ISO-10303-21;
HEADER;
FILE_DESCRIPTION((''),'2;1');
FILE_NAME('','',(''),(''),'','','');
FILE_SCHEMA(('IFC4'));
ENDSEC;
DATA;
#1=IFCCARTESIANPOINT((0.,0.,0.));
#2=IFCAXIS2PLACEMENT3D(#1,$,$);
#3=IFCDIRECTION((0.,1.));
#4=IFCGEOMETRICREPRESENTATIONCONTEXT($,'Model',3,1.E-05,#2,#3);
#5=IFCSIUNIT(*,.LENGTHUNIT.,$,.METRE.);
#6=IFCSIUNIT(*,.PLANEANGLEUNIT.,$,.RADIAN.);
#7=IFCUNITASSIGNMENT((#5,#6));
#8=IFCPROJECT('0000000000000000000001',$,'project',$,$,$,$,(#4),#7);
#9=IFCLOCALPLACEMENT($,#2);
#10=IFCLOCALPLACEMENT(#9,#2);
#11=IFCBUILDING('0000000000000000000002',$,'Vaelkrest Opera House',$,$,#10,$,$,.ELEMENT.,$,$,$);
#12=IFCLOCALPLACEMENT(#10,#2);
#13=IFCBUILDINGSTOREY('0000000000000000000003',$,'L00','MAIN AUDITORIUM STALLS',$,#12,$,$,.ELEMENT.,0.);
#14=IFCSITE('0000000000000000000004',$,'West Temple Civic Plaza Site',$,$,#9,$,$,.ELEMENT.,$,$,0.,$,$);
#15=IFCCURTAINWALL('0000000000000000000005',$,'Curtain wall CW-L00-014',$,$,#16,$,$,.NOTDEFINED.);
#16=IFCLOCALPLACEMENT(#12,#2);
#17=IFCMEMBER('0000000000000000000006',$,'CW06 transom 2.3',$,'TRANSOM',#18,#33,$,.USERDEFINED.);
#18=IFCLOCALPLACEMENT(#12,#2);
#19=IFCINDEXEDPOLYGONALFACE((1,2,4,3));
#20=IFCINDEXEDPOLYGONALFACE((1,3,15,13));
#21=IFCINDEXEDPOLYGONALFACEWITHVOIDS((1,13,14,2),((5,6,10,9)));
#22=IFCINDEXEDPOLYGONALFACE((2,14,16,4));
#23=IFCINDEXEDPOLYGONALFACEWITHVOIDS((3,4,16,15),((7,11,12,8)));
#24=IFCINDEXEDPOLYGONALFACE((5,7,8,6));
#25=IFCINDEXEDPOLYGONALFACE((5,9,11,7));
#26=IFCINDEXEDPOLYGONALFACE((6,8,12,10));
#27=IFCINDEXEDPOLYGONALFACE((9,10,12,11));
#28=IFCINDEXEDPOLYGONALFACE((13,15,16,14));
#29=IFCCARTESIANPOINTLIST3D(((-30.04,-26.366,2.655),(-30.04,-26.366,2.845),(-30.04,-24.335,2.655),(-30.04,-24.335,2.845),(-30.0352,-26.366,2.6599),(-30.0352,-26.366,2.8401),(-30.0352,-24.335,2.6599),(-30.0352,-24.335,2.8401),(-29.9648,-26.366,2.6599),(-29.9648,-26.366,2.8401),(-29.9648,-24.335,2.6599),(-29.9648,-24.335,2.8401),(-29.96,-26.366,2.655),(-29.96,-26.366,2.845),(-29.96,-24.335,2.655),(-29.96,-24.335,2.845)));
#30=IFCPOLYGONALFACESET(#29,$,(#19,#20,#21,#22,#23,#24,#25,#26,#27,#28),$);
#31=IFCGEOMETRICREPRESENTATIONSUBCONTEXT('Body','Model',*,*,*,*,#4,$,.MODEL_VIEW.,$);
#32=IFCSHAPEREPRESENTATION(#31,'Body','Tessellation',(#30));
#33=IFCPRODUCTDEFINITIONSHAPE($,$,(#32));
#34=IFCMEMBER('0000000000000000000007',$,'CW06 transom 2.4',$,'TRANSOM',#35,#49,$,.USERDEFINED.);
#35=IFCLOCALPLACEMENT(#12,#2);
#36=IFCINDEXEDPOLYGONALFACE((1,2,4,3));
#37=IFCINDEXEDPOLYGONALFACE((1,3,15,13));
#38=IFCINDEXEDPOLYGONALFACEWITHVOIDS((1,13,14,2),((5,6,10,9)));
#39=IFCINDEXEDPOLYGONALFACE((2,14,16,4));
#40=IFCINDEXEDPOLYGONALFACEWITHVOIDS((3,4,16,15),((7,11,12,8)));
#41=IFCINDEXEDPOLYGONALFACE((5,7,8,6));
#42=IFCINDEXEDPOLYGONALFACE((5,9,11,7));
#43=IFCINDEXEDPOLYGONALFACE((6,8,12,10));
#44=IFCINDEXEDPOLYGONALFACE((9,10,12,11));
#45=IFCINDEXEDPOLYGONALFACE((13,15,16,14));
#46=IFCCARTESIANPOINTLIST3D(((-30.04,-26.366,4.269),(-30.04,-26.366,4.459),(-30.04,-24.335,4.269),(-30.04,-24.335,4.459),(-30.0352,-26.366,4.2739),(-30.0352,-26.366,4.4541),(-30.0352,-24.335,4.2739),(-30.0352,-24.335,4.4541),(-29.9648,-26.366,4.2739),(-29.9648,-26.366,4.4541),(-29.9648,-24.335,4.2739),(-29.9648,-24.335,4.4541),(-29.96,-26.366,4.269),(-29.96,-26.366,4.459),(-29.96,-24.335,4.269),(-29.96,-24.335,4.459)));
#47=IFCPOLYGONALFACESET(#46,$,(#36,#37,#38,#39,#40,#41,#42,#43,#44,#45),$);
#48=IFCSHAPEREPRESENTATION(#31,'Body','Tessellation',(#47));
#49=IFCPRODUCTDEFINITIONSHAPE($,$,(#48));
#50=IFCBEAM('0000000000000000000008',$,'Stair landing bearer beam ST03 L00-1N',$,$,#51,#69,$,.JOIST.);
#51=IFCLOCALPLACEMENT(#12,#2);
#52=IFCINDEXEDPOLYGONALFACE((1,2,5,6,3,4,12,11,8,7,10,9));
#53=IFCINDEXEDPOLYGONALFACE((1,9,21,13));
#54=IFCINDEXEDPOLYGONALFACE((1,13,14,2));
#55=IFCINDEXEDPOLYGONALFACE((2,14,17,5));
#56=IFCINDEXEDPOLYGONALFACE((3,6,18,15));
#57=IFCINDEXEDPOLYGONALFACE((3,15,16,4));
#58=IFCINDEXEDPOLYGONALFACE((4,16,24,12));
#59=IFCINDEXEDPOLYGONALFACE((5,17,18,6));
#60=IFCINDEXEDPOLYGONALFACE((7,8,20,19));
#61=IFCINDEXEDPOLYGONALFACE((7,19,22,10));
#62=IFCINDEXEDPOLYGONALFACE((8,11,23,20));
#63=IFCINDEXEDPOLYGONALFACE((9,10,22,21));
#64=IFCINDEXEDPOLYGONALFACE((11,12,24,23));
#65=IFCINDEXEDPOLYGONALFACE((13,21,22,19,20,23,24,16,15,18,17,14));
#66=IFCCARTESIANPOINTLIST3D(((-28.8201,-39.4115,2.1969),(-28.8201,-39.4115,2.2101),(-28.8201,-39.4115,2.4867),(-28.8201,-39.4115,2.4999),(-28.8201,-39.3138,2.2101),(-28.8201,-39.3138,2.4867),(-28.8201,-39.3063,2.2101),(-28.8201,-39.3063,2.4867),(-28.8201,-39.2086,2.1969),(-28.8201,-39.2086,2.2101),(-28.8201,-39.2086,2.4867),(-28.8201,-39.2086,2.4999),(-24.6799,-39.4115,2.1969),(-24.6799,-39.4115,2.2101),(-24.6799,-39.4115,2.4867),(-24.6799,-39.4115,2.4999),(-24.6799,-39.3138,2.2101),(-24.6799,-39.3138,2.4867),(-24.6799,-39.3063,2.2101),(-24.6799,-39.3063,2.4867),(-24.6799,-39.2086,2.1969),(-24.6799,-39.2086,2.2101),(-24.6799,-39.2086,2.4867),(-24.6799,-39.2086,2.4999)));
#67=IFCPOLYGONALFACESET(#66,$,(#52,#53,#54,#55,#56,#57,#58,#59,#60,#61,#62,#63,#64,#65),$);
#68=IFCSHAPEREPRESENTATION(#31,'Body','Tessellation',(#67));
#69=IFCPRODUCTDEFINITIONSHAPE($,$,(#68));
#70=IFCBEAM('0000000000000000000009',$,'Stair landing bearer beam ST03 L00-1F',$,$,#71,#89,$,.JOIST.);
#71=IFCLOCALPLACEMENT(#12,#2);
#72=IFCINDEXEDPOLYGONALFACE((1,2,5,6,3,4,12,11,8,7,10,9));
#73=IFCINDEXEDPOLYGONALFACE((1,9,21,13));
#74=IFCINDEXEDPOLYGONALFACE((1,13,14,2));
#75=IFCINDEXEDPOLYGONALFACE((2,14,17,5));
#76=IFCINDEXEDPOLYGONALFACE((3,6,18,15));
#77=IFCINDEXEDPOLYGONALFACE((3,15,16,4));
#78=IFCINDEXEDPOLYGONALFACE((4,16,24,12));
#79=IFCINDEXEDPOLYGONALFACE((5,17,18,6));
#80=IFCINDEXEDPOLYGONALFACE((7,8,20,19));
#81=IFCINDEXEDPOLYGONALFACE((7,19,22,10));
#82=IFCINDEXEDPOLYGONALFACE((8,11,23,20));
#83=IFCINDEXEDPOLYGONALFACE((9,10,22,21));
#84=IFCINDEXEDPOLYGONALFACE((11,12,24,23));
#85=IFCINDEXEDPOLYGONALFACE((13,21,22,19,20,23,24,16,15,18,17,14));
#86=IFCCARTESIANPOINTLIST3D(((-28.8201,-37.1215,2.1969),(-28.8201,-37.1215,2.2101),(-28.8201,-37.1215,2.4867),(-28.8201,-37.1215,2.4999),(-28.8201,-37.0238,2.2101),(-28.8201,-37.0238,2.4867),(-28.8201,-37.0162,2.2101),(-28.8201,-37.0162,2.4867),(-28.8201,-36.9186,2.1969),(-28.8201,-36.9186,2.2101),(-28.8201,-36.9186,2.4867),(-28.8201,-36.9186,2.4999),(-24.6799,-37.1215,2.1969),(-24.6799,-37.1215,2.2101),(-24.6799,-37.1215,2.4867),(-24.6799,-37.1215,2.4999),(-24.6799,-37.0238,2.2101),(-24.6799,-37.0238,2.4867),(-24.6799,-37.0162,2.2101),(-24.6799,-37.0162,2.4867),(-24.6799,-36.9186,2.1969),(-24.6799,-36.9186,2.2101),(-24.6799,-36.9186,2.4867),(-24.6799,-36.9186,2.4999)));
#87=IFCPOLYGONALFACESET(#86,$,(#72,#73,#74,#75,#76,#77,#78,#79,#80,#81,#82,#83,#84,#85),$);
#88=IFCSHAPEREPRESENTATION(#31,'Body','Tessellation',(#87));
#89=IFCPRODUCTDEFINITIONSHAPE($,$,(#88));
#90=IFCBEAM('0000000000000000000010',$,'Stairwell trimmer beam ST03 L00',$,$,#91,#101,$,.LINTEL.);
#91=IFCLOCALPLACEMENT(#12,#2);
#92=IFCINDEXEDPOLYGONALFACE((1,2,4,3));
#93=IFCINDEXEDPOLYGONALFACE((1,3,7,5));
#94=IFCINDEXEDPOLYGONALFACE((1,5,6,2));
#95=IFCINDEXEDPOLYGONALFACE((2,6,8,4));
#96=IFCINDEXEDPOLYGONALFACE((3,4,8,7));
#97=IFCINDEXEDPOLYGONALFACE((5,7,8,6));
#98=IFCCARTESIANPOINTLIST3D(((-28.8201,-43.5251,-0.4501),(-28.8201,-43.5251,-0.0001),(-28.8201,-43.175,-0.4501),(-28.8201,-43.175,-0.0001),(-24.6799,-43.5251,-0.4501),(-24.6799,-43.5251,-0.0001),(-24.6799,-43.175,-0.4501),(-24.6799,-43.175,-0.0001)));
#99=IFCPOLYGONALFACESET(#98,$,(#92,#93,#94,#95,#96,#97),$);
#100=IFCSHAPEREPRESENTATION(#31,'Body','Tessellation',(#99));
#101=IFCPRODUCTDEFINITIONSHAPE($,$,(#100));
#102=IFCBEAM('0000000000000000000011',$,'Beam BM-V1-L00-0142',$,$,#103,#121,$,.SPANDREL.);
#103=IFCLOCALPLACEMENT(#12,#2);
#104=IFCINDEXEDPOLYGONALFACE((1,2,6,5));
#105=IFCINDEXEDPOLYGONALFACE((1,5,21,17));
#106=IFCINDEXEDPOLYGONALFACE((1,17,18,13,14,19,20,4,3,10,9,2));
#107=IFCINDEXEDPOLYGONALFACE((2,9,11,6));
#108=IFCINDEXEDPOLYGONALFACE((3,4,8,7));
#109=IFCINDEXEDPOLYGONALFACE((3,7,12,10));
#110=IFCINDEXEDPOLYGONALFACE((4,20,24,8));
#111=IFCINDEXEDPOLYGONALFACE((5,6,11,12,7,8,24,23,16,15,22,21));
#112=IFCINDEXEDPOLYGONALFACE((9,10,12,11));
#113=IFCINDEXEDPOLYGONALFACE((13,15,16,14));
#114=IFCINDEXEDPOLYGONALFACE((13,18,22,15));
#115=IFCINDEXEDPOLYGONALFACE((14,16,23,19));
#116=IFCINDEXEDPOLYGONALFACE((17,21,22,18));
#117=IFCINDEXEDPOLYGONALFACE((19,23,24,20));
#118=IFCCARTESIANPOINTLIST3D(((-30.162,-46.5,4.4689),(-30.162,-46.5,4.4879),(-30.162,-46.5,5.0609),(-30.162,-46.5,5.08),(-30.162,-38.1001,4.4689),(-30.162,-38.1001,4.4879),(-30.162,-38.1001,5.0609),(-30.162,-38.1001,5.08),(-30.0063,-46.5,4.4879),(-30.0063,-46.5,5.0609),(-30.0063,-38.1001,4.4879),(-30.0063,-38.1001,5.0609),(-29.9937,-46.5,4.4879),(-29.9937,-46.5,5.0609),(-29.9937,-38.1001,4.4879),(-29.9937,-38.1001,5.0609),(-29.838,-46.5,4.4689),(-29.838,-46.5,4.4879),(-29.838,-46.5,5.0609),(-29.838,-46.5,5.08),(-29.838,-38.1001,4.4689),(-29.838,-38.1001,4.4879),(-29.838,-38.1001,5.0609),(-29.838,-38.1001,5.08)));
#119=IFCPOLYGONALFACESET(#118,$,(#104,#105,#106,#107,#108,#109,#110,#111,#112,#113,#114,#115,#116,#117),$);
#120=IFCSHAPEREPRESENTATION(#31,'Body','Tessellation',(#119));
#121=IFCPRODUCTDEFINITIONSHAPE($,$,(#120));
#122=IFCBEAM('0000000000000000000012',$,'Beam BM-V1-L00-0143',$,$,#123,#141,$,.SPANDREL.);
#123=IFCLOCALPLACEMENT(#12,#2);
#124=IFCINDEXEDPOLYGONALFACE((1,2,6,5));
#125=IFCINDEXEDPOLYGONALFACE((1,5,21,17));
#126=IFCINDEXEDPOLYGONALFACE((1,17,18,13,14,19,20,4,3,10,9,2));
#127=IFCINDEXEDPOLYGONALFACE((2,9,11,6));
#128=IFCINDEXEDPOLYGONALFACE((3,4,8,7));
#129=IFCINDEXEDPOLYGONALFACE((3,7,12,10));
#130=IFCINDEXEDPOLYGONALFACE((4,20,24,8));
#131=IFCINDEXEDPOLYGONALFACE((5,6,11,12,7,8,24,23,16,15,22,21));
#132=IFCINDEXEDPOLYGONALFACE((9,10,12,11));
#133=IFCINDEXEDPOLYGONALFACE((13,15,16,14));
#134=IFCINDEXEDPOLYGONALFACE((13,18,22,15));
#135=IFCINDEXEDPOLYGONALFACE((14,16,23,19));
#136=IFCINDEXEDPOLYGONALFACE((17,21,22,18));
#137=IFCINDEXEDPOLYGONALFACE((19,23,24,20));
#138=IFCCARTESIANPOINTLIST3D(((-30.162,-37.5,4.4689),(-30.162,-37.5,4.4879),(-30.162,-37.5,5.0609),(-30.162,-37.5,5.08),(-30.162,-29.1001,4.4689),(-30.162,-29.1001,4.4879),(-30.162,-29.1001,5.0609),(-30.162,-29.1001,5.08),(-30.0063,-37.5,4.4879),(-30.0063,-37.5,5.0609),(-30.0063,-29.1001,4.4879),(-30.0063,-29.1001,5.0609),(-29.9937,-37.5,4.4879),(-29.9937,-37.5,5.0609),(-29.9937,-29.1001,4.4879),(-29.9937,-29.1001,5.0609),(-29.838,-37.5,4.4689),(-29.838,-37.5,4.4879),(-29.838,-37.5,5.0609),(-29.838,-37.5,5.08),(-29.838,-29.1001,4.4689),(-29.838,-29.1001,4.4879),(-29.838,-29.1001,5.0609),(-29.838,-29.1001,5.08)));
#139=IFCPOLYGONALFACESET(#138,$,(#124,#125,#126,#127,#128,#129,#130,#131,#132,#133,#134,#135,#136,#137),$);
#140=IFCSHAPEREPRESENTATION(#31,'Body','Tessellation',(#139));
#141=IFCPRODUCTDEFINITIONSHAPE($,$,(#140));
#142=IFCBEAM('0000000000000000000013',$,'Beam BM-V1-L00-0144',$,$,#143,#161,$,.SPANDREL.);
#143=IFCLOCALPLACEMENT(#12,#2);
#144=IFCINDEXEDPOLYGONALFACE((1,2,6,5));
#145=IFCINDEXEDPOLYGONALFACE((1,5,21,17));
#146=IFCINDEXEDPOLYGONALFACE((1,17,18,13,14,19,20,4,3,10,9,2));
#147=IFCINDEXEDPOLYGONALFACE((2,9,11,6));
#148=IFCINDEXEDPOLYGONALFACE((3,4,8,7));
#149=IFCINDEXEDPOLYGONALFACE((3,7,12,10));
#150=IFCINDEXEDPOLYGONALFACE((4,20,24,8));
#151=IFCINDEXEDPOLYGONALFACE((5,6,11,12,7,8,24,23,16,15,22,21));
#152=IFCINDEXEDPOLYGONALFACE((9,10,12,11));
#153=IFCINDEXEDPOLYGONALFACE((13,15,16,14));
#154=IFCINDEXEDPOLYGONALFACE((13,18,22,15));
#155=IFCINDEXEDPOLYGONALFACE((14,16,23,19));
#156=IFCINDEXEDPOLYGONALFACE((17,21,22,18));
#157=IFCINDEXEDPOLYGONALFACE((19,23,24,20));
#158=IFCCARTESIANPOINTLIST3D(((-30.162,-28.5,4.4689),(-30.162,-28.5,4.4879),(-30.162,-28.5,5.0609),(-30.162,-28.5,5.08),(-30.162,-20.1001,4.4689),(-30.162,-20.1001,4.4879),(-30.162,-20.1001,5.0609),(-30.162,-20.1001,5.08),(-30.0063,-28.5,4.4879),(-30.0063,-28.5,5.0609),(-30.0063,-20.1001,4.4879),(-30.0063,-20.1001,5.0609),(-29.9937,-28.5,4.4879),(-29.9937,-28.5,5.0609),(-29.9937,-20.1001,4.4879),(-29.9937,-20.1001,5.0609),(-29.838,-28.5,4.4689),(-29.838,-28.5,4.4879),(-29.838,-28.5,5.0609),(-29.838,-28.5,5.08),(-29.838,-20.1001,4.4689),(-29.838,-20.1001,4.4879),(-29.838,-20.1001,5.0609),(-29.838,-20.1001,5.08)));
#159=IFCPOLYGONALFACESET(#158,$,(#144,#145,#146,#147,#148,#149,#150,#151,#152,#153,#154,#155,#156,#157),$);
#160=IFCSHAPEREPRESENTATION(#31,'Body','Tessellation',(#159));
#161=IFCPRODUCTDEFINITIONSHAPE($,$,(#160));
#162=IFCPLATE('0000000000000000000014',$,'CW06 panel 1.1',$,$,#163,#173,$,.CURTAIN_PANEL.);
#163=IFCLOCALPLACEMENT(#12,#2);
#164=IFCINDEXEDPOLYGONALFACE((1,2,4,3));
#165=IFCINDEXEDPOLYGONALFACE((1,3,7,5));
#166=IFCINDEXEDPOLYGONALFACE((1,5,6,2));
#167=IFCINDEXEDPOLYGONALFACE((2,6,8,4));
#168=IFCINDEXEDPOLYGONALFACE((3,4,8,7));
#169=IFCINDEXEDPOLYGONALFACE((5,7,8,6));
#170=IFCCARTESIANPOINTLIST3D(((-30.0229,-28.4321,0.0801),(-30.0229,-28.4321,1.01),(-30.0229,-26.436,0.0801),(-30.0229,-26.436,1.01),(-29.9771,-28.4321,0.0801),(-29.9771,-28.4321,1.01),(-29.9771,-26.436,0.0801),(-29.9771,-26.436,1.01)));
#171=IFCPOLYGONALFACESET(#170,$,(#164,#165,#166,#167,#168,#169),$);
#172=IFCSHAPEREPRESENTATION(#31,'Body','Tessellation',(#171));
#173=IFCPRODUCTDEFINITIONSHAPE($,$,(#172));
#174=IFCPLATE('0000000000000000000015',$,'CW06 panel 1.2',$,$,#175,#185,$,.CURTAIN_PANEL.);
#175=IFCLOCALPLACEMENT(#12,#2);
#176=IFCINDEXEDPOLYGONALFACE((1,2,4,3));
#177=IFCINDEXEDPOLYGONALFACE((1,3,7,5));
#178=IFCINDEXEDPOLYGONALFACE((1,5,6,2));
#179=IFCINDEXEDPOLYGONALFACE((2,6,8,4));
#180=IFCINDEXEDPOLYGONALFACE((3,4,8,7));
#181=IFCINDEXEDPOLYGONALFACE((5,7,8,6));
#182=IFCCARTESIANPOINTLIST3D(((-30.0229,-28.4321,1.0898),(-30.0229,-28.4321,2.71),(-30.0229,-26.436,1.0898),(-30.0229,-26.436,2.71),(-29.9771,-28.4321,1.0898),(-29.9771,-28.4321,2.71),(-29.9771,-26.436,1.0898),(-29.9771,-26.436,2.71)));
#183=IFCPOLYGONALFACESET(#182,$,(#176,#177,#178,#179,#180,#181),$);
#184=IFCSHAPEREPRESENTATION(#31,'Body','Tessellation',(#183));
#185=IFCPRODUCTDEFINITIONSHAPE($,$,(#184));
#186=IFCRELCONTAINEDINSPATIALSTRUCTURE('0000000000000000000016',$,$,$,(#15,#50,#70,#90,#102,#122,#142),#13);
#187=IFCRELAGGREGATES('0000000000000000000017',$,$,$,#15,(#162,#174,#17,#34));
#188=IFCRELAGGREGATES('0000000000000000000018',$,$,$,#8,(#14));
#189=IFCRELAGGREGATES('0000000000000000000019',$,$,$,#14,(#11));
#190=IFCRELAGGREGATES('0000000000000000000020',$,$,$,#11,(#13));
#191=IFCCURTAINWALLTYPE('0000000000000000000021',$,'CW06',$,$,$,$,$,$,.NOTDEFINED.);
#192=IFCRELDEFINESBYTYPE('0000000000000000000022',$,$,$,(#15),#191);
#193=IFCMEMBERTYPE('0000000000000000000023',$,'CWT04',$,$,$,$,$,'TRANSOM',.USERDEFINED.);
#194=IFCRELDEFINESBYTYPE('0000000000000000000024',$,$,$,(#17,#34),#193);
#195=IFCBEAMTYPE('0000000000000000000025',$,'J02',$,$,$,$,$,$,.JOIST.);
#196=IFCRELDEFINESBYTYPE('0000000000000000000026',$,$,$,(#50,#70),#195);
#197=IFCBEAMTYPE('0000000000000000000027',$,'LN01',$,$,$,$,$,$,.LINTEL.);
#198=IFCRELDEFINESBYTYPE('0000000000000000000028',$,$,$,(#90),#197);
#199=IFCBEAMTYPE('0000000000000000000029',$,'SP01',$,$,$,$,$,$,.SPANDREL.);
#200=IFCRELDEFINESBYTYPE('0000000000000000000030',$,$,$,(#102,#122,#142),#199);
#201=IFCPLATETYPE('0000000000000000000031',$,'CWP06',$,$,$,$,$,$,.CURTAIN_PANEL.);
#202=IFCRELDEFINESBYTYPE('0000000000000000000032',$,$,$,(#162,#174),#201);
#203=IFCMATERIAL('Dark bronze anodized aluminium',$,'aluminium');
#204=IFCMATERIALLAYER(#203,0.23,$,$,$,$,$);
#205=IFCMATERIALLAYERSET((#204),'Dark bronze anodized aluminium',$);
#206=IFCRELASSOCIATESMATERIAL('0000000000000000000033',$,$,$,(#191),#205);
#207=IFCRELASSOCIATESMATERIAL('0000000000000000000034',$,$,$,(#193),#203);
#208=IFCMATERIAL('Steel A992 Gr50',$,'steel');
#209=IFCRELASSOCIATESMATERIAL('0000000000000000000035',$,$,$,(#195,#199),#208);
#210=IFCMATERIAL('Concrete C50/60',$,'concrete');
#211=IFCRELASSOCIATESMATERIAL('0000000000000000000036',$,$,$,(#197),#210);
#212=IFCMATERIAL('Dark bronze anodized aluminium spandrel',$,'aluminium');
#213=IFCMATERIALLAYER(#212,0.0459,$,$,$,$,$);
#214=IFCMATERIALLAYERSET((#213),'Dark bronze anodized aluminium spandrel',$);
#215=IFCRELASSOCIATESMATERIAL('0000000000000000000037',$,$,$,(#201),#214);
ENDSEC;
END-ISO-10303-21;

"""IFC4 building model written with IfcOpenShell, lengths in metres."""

from ifc_helpers import new_model, si_unit, direction, frame, origin, origin_2d, place, context, subcontext, project, spatial, rectangle, hollow_rectangle, i_section, extrude, material, layer, layer_set, material_profile, profile_set, type_object, element, aggregate, save


model = new_model("IFC4")

# Units and contexts
model_context = context("Model", 3, precision=1e-05, world=origin(), true_north=direction((0.0, 1.0)))
body_context = subcontext(model_context, "Body", "Model", "MODEL_VIEW")
ifc_project = project(units=[si_unit("LENGTHUNIT", "METRE"), si_unit("PLANEANGLEUNIT", "RADIAN")], contexts=[model_context])

# Site, building, storey
site_placement = place(None, origin())
site = spatial("IfcSite", under=ifc_project, at=site_placement, Name="West Temple Civic Plaza Site", CompositionType="ELEMENT", RefElevation=0.0)
building_placement = place(site_placement, origin())
building = spatial("IfcBuilding", under=site, at=building_placement, Name="Vaelkrest Opera House", CompositionType="ELEMENT")
storey_placement = place(building_placement, origin())
storey = spatial("IfcBuildingStorey", under=building, at=storey_placement, Name="L00", Description="MAIN AUDITORIUM STALLS", CompositionType="ELEMENT", Elevation=0.0)

# Shared definitions
ifc_material_1 = material(Name="Concrete C50/60", Category="concrete")

# Curtain wall, members
ifc_material_2 = material(Name="Dark bronze anodized aluminium", Category="aluminium")
ifc_layer_1 = layer(ifc_material_2, 0.23)
ifc_layer_set_1 = layer_set([ifc_layer_1], Name="Dark bronze anodized aluminium")
curtain_wall_type = type_object("IfcCurtainWallType", Name="CW06", PredefinedType="NOTDEFINED", material=ifc_layer_set_1)
curtain_wall_placement = place(storey_placement, origin())
curtain_wall = element("IfcCurtainWall", 1, at=curtain_wall_placement, inside=storey, type_object=curtain_wall_type, Name="Curtain wall CW-L00-014", PredefinedType="NOTDEFINED")
ifc_material_profile_1 = material_profile(ifc_material_2, hollow_rectangle(XDim=0.0801, YDim=0.1899, WallThickness=0.0049, at=origin_2d()), Name="CWT80X190")
ifc_profile_set_1 = profile_set([ifc_material_profile_1], Name="Dark bronze anodized aluminium")
member_type_1 = type_object("IfcMemberType", Name="CWT04", ElementType="TRANSOM", PredefinedType="USERDEFINED", material=ifc_profile_set_1)
member_1_placement = place(storey_placement, frame((-30.0, -26.366, 2.75), z_axis=(0.0, 1.0, 0.0), x_axis=(-1.0, 0.0, 0.0)))
member_1 = element("IfcMember", 2, at=member_1_placement, type_object=member_type_1, Name="CW06 transom 2.3", ObjectType="TRANSOM", PredefinedType="USERDEFINED", context=body_context, shape_type="SweptSolid", body=[
    extrude(hollow_rectangle(XDim=0.0801, YDim=0.1899, WallThickness=0.0049, at=origin_2d()), origin(), (0.0, 0.0, 1.0), 2.031),
])
member_2_placement = place(storey_placement, frame((-30.0, -26.366, 4.364), z_axis=(0.0, 1.0, 0.0), x_axis=(-1.0, 0.0, 0.0)))
member_2 = element("IfcMember", 3, at=member_2_placement, type_object=member_type_1, Name="CW06 transom 2.4", ObjectType="TRANSOM", PredefinedType="USERDEFINED", context=body_context, shape_type="SweptSolid", body=[
    extrude(hollow_rectangle(XDim=0.0801, YDim=0.1899, WallThickness=0.0049, at=origin_2d()), origin(), (0.0, 0.0, 1.0), 2.031),
])

# Beams
ifc_material_3 = material(Name="Steel A992 Gr50", Category="steel")
ifc_material_profile_2 = material_profile(ifc_material_3, i_section(OverallWidth=0.2029, OverallDepth=0.303, WebThickness=0.0076, FlangeThickness=0.0132, at=origin_2d()), Name="W12X40")
ifc_profile_set_2 = profile_set([ifc_material_profile_2], Name="Steel A992 Gr50")
beam_type_1 = type_object("IfcBeamType", Name="J02", PredefinedType="JOIST", material=ifc_profile_set_2)
for number, where, z_axis, x_axis, name in (
    (4, (-28.8201, -39.3101, 2.3484), (1.0, 0.0, 0.0), (0.0, 1.0, 0.0), "Stair landing bearer beam ST03 L00-1N"),
    (5, (-28.8201, -37.02, 2.3484), (1.0, 0.0, 0.0), (0.0, 1.0, 0.0), "Stair landing bearer beam ST03 L00-1F"),
):
    element("IfcBeam", number, at=place(storey_placement, frame(where, z_axis=z_axis, x_axis=x_axis)), inside=storey, type_object=beam_type_1, Name=name, PredefinedType="JOIST", context=body_context, shape_type="SweptSolid", body=[
        extrude(i_section(OverallWidth=0.2029, OverallDepth=0.303, WebThickness=0.0076, FlangeThickness=0.0132, at=origin_2d()), origin(), (0.0, 0.0, 1.0), 4.1401),
    ])
ifc_material_profile_3 = material_profile(ifc_material_1, rectangle(XDim=0.3501, YDim=0.45, at=origin_2d()), Name="RCB350X450")
ifc_profile_set_3 = profile_set([ifc_material_profile_3], Name="Concrete C50/60")
beam_type_2 = type_object("IfcBeamType", Name="LN01", PredefinedType="LINTEL", material=ifc_profile_set_3)
beam_1_placement = place(storey_placement, frame((-28.8201, -43.3501, -0.2251), z_axis=(1.0, 0.0, 0.0), x_axis=(0.0, 1.0, 0.0)))
element("IfcBeam", 6, at=beam_1_placement, inside=storey, type_object=beam_type_2, Name="Stairwell trimmer beam ST03 L00", PredefinedType="LINTEL", context=body_context, shape_type="SweptSolid", body=[
    extrude(rectangle(XDim=0.3501, YDim=0.45, at=origin_2d()), origin(), (0.0, 0.0, 1.0), 4.1401),
])
ifc_material_profile_4 = material_profile(ifc_material_3, i_section(OverallWidth=0.324, OverallDepth=0.6111, WebThickness=0.0127, FlangeThickness=0.019, at=origin_2d()), Name="W24X104")
ifc_profile_set_4 = profile_set([ifc_material_profile_4], Name="Steel A992 Gr50")
beam_type_3 = type_object("IfcBeamType", Name="SP01", PredefinedType="SPANDREL", material=ifc_profile_set_4)
for number, where, z_axis, x_axis, name in (
    (7, (-30.0, -46.5, 4.7744), (0.0, 1.0, 0.0), (-1.0, 0.0, 0.0), "Beam BM-V1-L00-0142"),
    (8, (-30.0, -37.5, 4.7744), (0.0, 1.0, 0.0), (-1.0, 0.0, 0.0), "Beam BM-V1-L00-0143"),
    (9, (-30.0, -28.5, 4.7744), (0.0, 1.0, 0.0), (-1.0, 0.0, 0.0), "Beam BM-V1-L00-0144"),
):
    element("IfcBeam", number, at=place(storey_placement, frame(where, z_axis=z_axis, x_axis=x_axis)), inside=storey, type_object=beam_type_3, Name=name, PredefinedType="SPANDREL", context=body_context, shape_type="SweptSolid", body=[
        extrude(i_section(OverallWidth=0.324, OverallDepth=0.6111, WebThickness=0.0127, FlangeThickness=0.019, at=origin_2d()), origin(), (0.0, 0.0, 1.0), 8.3999),
    ])

# Plates
ifc_material_4 = material(Name="Dark bronze anodized aluminium spandrel", Category="aluminium")
ifc_layer_2 = layer(ifc_material_4, 0.0459)
ifc_layer_set_2 = layer_set([ifc_layer_2], Name="Dark bronze anodized aluminium spandrel")
plate_type = type_object("IfcPlateType", Name="CWP06", PredefinedType="CURTAIN_PANEL", material=ifc_layer_set_2)
plate_1_placement = place(storey_placement, frame((-30.0, -27.4341, 0.0801), z_axis=(0.0, 0.0, 1.0), x_axis=(0.0, 1.0, 0.0)))
plate_1 = element("IfcPlate", 10, at=plate_1_placement, type_object=plate_type, Name="CW06 panel 1.1", PredefinedType="CURTAIN_PANEL", context=body_context, shape_type="SweptSolid", body=[
    extrude(rectangle(XDim=1.9961, YDim=0.0459, at=origin_2d()), origin(), (0.0, 0.0, 1.0), 0.9299),
])
plate_2_placement = place(storey_placement, frame((-30.0, -27.4341, 1.0898), z_axis=(0.0, 0.0, 1.0), x_axis=(0.0, 1.0, 0.0)))
plate_2 = element("IfcPlate", 11, at=plate_2_placement, type_object=plate_type, Name="CW06 panel 1.2", PredefinedType="CURTAIN_PANEL", context=body_context, shape_type="SweptSolid", body=[
    extrude(rectangle(XDim=1.9961, YDim=0.0459, at=origin_2d()), origin(), (0.0, 0.0, 1.0), 1.6201),
])
aggregate(curtain_wall, [plate_1, plate_2, member_1, member_2])

save(model, "model.ifc")
